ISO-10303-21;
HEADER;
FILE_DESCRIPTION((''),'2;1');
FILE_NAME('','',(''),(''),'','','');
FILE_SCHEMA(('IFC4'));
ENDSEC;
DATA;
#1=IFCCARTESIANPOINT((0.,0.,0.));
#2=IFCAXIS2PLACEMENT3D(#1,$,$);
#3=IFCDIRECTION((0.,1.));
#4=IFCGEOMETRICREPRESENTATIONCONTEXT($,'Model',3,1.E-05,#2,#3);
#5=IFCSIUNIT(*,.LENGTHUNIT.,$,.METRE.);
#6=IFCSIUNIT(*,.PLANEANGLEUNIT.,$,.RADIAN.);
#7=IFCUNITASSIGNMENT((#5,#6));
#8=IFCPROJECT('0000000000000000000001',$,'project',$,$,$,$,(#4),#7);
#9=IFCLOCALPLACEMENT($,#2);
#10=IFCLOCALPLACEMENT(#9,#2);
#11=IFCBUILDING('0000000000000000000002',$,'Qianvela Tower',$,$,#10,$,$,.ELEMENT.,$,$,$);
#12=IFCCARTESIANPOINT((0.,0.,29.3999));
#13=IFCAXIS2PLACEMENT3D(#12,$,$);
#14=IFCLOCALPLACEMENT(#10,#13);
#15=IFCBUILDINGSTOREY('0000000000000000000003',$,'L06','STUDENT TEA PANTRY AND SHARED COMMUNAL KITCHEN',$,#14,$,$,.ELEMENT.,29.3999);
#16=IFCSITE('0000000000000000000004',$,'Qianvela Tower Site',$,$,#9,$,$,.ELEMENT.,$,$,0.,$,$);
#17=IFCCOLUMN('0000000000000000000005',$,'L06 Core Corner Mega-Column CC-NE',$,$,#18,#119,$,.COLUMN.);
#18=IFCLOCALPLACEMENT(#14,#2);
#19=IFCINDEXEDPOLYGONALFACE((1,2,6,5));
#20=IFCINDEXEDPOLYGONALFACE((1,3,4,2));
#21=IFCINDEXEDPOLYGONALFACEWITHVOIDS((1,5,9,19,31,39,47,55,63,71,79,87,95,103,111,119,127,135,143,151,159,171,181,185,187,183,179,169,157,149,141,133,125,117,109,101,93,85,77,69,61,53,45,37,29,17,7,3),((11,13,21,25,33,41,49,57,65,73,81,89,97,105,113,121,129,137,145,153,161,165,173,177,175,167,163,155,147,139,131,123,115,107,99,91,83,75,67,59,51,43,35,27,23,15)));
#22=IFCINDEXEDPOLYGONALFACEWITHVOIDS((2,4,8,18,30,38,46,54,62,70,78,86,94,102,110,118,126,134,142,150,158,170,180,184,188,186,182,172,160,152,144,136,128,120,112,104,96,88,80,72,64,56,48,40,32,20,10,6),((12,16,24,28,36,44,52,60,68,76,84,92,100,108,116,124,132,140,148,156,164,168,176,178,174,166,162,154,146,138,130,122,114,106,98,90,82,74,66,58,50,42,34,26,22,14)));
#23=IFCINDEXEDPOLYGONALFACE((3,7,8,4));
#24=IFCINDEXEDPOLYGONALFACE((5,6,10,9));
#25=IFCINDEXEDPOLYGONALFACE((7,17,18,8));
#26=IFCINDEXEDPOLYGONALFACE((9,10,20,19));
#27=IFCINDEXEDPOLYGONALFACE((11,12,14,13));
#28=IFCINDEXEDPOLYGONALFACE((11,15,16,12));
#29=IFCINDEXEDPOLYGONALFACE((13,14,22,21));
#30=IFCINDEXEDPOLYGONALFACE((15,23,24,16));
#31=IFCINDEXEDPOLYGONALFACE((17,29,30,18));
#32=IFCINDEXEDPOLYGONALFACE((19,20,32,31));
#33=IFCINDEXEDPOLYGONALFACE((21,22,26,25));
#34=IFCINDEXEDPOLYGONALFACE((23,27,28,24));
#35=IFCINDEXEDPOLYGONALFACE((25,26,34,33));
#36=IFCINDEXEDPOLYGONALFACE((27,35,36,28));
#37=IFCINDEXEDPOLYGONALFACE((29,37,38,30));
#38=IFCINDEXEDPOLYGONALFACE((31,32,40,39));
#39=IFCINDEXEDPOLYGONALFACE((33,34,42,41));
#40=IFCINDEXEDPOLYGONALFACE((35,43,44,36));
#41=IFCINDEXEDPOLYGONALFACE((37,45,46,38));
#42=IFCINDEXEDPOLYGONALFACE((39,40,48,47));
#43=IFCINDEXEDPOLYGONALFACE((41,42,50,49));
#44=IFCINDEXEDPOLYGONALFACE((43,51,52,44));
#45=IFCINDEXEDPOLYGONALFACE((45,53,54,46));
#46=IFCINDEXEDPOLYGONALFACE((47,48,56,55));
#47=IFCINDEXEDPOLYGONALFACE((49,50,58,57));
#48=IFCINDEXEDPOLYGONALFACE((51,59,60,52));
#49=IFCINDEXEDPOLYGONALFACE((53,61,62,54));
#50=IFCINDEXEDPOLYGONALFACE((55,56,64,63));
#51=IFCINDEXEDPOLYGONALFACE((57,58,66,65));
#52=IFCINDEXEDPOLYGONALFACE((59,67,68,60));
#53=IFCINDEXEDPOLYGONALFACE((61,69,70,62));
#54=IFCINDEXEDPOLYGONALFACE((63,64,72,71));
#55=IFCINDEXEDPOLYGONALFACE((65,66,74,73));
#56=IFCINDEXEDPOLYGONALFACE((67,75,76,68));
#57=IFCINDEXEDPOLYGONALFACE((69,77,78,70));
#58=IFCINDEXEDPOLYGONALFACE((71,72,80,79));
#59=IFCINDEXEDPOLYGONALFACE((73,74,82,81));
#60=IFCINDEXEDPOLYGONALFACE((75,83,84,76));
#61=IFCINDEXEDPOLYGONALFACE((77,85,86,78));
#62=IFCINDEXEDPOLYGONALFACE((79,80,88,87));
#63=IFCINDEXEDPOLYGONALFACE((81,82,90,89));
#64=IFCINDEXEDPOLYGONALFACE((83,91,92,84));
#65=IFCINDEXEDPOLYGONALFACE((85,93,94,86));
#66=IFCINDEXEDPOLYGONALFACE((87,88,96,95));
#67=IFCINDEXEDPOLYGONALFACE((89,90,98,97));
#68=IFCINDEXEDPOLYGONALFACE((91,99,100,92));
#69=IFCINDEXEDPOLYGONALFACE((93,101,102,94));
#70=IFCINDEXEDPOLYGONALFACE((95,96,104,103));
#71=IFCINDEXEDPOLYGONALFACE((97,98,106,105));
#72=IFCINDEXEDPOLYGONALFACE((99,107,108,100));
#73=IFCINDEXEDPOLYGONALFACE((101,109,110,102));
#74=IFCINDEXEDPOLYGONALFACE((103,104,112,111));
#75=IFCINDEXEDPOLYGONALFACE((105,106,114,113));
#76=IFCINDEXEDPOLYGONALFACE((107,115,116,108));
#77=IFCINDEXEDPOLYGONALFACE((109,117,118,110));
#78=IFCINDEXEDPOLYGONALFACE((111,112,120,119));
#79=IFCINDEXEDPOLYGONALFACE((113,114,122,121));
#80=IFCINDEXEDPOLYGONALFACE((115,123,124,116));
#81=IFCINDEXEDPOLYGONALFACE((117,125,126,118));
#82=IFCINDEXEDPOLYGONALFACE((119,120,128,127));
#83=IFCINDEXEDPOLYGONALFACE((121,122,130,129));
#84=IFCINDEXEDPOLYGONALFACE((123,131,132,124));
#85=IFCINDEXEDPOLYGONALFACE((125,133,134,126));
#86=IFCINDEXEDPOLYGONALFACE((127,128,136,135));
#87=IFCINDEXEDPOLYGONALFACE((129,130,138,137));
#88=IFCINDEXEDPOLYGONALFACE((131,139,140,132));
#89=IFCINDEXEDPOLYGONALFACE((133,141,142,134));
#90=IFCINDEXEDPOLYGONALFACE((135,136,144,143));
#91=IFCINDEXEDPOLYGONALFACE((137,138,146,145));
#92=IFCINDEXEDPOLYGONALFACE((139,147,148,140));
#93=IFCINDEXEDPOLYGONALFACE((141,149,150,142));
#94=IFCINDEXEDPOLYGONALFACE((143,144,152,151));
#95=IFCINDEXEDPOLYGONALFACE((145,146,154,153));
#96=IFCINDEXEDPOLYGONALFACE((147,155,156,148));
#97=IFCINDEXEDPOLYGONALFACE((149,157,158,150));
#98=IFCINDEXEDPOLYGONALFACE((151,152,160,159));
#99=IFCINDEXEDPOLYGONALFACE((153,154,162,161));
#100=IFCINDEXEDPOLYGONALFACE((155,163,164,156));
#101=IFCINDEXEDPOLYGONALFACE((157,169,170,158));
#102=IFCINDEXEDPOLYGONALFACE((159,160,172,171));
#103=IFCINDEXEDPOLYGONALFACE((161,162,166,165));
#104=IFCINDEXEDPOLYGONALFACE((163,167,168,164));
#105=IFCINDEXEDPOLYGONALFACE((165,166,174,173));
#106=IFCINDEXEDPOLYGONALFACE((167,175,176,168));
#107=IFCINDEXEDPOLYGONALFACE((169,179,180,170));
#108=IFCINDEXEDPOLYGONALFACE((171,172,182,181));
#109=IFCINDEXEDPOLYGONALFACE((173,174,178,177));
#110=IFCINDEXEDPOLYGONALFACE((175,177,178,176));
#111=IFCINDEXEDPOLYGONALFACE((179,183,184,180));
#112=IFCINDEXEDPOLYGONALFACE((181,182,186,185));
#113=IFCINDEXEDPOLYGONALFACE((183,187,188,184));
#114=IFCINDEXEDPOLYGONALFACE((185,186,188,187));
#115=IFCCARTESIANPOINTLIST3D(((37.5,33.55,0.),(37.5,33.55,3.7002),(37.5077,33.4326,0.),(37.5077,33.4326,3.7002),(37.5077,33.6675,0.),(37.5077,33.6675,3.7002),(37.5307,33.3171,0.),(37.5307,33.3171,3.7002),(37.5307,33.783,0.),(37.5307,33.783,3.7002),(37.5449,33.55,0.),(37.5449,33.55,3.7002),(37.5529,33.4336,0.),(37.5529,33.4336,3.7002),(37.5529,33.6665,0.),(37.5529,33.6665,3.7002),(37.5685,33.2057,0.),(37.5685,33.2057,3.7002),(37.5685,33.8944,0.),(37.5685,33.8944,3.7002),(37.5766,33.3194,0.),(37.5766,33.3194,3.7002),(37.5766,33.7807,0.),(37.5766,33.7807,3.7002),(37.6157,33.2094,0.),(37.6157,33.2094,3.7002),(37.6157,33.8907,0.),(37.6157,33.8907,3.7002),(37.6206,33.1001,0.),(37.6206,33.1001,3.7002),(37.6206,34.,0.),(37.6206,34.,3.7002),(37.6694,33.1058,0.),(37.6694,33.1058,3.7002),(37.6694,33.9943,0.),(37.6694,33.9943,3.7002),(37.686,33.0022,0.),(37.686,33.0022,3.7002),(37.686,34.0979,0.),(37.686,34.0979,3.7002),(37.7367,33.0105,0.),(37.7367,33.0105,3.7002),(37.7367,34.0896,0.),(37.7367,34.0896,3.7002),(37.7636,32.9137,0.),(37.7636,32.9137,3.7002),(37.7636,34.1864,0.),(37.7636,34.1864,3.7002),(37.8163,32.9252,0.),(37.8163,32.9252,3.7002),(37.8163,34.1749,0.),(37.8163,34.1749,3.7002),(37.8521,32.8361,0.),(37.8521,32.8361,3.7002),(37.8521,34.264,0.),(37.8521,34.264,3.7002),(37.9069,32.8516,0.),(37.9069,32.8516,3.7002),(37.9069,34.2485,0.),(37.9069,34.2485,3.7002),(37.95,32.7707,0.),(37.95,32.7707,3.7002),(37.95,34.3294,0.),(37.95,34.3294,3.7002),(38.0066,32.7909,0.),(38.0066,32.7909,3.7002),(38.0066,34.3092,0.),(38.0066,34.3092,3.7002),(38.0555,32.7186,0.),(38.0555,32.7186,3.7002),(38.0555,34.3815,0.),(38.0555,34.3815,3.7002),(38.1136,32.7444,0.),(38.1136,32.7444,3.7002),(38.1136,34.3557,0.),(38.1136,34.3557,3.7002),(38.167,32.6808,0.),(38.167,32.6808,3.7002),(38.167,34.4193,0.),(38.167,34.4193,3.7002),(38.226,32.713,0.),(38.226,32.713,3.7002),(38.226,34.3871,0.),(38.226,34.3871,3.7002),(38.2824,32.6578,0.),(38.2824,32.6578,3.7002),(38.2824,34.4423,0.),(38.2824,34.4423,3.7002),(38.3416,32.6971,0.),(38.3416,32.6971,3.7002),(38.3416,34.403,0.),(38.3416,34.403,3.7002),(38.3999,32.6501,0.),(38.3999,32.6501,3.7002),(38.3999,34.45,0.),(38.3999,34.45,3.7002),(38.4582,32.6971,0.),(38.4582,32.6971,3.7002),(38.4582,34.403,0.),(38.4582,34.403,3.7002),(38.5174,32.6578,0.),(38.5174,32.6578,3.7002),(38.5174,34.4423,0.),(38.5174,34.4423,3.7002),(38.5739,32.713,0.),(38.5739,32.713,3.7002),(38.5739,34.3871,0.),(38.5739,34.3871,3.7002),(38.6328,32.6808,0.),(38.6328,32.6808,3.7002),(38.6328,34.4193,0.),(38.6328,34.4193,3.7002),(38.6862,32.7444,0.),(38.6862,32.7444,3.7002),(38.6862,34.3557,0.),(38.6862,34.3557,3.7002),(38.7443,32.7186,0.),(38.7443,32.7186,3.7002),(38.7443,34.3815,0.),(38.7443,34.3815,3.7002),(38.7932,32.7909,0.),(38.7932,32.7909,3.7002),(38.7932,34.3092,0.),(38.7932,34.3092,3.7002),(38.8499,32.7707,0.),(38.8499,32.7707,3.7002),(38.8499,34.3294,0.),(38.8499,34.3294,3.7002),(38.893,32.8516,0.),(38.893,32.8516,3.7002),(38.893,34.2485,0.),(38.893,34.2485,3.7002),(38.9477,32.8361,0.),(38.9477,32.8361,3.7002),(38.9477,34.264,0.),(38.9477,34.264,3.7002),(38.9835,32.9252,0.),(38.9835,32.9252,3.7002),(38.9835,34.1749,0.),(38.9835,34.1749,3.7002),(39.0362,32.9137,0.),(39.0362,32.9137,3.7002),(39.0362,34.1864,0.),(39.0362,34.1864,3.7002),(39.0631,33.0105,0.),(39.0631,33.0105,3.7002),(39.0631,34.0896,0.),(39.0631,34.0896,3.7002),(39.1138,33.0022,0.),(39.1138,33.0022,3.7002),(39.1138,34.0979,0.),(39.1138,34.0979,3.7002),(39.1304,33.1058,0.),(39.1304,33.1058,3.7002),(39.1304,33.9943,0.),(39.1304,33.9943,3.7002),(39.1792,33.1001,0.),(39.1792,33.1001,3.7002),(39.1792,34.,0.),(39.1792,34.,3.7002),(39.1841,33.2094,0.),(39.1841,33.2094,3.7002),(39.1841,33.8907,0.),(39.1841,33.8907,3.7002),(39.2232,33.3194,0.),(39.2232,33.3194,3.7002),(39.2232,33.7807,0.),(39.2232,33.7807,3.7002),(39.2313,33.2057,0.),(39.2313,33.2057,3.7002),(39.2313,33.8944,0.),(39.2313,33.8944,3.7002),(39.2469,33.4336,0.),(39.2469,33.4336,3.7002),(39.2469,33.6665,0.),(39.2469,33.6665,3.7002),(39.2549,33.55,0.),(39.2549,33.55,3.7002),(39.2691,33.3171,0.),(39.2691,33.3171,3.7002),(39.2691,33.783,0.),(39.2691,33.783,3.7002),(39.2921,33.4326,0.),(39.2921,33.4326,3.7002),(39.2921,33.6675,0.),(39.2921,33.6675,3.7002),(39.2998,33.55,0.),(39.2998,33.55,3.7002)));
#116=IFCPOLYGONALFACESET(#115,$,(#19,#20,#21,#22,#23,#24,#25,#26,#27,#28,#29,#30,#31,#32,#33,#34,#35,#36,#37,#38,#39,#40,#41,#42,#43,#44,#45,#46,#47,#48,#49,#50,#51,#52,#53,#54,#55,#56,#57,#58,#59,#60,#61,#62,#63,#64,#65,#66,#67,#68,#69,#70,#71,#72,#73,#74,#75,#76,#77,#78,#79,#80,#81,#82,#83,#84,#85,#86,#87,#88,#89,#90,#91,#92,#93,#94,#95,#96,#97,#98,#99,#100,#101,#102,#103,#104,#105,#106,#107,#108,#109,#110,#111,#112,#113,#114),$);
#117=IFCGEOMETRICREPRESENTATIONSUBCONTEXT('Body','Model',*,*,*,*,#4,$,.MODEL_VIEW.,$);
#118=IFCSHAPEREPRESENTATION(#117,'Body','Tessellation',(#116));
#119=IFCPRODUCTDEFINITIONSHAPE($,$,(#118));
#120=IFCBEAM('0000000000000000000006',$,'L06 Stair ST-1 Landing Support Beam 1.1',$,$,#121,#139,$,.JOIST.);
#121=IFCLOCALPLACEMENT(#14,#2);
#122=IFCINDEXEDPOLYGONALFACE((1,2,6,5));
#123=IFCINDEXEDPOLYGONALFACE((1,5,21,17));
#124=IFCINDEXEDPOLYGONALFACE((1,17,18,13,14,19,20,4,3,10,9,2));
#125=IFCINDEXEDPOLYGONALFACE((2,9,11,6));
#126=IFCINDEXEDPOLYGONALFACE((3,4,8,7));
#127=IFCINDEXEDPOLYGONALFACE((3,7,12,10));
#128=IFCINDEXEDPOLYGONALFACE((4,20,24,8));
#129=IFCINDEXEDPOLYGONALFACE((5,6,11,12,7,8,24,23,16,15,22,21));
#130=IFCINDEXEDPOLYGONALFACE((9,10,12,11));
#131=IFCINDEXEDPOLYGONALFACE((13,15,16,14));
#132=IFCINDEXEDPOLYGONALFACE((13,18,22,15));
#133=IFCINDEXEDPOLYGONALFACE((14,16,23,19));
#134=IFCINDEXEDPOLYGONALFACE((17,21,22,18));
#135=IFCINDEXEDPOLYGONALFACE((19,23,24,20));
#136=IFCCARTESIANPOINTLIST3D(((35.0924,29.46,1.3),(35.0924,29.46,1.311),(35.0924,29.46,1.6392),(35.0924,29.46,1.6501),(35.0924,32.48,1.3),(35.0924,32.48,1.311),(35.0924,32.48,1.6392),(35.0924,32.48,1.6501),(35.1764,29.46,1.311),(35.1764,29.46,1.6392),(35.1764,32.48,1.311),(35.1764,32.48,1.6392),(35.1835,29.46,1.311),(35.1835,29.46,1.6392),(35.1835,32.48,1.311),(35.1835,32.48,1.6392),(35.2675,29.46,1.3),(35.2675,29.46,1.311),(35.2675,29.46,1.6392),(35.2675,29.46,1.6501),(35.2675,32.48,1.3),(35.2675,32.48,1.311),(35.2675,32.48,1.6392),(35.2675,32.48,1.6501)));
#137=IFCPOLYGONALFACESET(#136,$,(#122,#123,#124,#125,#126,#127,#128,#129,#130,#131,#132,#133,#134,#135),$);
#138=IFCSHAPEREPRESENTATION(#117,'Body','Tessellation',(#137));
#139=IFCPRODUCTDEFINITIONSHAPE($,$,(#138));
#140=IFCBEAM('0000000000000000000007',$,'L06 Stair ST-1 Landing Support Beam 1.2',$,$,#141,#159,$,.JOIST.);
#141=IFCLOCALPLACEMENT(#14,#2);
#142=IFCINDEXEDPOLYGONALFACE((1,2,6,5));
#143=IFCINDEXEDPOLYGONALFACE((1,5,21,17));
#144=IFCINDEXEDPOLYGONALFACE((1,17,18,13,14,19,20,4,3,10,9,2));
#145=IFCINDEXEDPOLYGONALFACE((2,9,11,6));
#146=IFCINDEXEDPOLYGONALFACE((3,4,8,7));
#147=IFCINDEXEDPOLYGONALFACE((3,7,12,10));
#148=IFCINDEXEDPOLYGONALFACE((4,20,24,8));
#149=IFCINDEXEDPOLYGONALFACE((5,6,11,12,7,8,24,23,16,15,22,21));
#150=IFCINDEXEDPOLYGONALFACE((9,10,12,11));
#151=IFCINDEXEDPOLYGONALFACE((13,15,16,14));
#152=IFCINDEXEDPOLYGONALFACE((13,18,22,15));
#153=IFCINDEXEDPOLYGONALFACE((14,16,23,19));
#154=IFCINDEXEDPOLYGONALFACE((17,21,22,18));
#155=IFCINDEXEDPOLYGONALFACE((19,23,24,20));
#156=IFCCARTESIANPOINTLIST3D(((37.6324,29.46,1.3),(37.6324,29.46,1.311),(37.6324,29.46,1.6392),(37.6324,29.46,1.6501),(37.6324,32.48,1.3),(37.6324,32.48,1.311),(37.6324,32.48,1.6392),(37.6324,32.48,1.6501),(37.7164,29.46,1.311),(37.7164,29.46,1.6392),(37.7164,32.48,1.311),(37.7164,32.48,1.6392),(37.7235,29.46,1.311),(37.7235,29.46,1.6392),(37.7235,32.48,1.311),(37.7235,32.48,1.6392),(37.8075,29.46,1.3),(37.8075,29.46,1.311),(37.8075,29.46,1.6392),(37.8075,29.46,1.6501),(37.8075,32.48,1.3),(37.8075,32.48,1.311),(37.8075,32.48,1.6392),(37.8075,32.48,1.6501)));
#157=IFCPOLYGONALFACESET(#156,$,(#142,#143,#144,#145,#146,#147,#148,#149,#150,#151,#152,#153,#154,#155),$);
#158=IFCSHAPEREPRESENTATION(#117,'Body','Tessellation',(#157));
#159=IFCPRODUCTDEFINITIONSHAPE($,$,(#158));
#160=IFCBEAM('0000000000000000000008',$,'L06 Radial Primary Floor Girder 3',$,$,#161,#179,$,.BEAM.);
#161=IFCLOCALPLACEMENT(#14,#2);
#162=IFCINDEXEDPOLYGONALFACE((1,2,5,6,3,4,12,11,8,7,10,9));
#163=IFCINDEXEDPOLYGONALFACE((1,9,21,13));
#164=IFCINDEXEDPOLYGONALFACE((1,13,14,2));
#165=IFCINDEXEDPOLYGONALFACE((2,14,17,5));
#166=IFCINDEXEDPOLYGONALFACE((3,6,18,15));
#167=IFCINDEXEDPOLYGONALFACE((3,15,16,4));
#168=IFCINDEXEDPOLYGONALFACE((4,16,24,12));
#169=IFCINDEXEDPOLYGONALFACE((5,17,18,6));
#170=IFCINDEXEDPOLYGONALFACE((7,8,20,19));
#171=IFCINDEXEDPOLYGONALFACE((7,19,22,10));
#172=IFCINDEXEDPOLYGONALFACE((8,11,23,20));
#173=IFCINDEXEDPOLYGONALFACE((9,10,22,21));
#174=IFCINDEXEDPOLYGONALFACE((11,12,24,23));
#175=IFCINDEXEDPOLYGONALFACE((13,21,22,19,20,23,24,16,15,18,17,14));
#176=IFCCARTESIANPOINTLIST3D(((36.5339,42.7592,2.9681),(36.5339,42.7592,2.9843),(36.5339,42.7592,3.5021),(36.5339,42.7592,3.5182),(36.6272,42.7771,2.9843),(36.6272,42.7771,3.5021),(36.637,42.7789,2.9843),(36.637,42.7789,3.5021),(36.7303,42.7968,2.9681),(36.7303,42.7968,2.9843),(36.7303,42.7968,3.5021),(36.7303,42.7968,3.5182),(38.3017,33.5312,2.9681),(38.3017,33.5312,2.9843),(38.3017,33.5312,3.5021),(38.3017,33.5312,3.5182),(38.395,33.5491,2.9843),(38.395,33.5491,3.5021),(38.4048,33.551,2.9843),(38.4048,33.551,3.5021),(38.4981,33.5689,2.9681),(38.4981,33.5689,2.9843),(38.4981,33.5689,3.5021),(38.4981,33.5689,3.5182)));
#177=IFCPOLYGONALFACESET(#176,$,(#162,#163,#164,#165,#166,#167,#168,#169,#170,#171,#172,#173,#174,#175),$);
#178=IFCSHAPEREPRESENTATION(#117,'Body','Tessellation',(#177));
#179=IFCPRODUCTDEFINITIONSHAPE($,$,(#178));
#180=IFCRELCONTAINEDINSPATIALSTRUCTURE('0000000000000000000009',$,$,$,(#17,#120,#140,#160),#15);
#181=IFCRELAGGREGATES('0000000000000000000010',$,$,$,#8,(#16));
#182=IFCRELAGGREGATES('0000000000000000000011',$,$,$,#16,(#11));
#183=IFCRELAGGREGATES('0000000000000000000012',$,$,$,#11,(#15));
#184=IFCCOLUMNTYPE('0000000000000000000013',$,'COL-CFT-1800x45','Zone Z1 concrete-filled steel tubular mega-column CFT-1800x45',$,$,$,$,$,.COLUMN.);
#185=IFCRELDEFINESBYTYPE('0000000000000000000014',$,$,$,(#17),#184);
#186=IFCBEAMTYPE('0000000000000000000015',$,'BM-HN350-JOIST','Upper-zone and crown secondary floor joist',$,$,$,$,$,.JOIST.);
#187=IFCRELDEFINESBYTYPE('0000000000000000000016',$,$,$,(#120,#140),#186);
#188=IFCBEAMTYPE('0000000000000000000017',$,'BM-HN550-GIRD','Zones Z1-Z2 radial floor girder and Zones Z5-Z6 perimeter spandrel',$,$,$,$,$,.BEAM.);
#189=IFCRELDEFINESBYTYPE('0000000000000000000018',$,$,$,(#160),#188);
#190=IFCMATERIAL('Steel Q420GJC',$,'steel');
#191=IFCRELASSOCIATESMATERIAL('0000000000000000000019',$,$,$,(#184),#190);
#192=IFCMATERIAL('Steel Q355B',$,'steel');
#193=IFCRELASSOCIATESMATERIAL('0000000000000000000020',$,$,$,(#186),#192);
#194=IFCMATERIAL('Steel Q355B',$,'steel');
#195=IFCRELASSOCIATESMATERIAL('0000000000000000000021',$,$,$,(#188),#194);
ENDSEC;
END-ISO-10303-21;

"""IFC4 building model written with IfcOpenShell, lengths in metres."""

from ifc_helpers import new_model, si_unit, direction, frame, origin, origin_2d, place, context, subcontext, project, spatial, hollow_circle, i_section, extrude, material, material_profile, profile_set, type_object, element, save


model = new_model("IFC4")

# Units and contexts
model_context = context("Model", 3, precision=1e-05, world=origin(), true_north=direction((0.0, 1.0)))
body_context = subcontext(model_context, "Body", "Model", "MODEL_VIEW")
ifc_project = project(units=[si_unit("LENGTHUNIT", "METRE"), si_unit("PLANEANGLEUNIT", "RADIAN")], contexts=[model_context])

# Site, building, storey
site_placement = place(None, origin())
site = spatial("IfcSite", under=ifc_project, at=site_placement, Name="Qianvela Tower Site", CompositionType="ELEMENT", RefElevation=0.0)
building_placement = place(site_placement, origin())
building = spatial("IfcBuilding", under=site, at=building_placement, Name="Qianvela Tower", CompositionType="ELEMENT")
storey_placement = place(building_placement, frame((0.0, 0.0, 29.3999)))
storey = spatial("IfcBuildingStorey", under=building, at=storey_placement, Name="L06", Description="STUDENT TEA PANTRY AND SHARED COMMUNAL KITCHEN", CompositionType="ELEMENT", Elevation=29.3999)

# Column
ifc_material_1 = material(Name="Steel Q420GJC", Category="steel")
ifc_material_profile_1 = material_profile(ifc_material_1, hollow_circle(Radius=0.8999, WallThickness=0.0449, at=origin_2d()), Name="CFT-1800x45")
ifc_profile_set_1 = profile_set([ifc_material_profile_1], Name="Steel Q420GJC")
column_type = type_object("IfcColumnType", Name="COL-CFT-1800x45", Description="Zone Z1 concrete-filled steel tubular mega-column CFT-1800x45", PredefinedType="COLUMN", material=ifc_profile_set_1)
column_placement = place(storey_placement, frame((38.3999, 33.55, 0.0), z_axis=(0.0, 0.0, 1.0), x_axis=(1.0, 0.0, 0.0)))
element("IfcColumn", 1, at=column_placement, inside=storey, type_object=column_type, Name="L06 Core Corner Mega-Column CC-NE", PredefinedType="COLUMN", context=body_context, shape_type="SweptSolid", body=[
    extrude(hollow_circle(Radius=0.8999, WallThickness=0.0449, at=origin_2d()), origin(), (0.0, 0.0, 1.0), 3.7002),
])

# Beams
ifc_material_2 = material(Name="Steel Q355B", Category="steel")
ifc_material_profile_2 = material_profile(ifc_material_2, i_section(OverallWidth=0.175, OverallDepth=0.3501, WebThickness=0.0071, FlangeThickness=0.011, at=origin_2d()), Name="HN350x175x7x11")
ifc_profile_set_2 = profile_set([ifc_material_profile_2], Name="Steel Q355B")
beam_type_1 = type_object("IfcBeamType", Name="BM-HN350-JOIST", Description="Upper-zone and crown secondary floor joist", PredefinedType="JOIST", material=ifc_profile_set_2)
for number, where, z_axis, x_axis, name in (
    (2, (35.1799, 29.46, 1.4751), (0.0, 1.0, 0.0), (-1.0, 0.0, 0.0), "L06 Stair ST-1 Landing Support Beam 1.1"),
    (3, (37.72, 29.46, 1.4751), (0.0, 1.0, 0.0), (-1.0, 0.0, 0.0), "L06 Stair ST-1 Landing Support Beam 1.2"),
):
    element("IfcBeam", number, at=place(storey_placement, frame(where, z_axis=z_axis, x_axis=x_axis)), inside=storey, type_object=beam_type_1, Name=name, PredefinedType="JOIST", context=body_context, shape_type="SweptSolid", body=[
        extrude(i_section(OverallWidth=0.175, OverallDepth=0.3501, WebThickness=0.0071, FlangeThickness=0.011, at=origin_2d()), origin(), (0.0, 0.0, 1.0), 3.02),
    ])
ifc_material_3 = material(Name="Steel Q355B", Category="steel")
ifc_material_profile_3 = material_profile(ifc_material_3, i_section(OverallWidth=0.2, OverallDepth=0.55, WebThickness=0.01, FlangeThickness=0.0161, at=origin_2d()), Name="HN550x200x10x16")
ifc_profile_set_3 = profile_set([ifc_material_profile_3], Name="Steel Q355B")
beam_type_2 = type_object("IfcBeamType", Name="BM-HN550-GIRD", Description="Zones Z1-Z2 radial floor girder and Zones Z5-Z6 perimeter spandrel", PredefinedType="BEAM", material=ifc_profile_set_3)
beam_placement = place(storey_placement, frame((38.3999, 33.55, 3.2432), z_axis=(-0.18815, 0.98214, 0.0), x_axis=(-0.98214, -0.18815, 0.0)))
element("IfcBeam", 4, at=beam_placement, inside=storey, type_object=beam_type_2, Name="L06 Radial Primary Floor Girder 3", PredefinedType="BEAM", context=body_context, shape_type="SweptSolid", body=[
    extrude(i_section(OverallWidth=0.2, OverallDepth=0.55, WebThickness=0.01, FlangeThickness=0.0161, at=origin_2d()), origin(), (0.0, 0.0, 1.0), 9.3958),
])

save(model, "model.ifc")
